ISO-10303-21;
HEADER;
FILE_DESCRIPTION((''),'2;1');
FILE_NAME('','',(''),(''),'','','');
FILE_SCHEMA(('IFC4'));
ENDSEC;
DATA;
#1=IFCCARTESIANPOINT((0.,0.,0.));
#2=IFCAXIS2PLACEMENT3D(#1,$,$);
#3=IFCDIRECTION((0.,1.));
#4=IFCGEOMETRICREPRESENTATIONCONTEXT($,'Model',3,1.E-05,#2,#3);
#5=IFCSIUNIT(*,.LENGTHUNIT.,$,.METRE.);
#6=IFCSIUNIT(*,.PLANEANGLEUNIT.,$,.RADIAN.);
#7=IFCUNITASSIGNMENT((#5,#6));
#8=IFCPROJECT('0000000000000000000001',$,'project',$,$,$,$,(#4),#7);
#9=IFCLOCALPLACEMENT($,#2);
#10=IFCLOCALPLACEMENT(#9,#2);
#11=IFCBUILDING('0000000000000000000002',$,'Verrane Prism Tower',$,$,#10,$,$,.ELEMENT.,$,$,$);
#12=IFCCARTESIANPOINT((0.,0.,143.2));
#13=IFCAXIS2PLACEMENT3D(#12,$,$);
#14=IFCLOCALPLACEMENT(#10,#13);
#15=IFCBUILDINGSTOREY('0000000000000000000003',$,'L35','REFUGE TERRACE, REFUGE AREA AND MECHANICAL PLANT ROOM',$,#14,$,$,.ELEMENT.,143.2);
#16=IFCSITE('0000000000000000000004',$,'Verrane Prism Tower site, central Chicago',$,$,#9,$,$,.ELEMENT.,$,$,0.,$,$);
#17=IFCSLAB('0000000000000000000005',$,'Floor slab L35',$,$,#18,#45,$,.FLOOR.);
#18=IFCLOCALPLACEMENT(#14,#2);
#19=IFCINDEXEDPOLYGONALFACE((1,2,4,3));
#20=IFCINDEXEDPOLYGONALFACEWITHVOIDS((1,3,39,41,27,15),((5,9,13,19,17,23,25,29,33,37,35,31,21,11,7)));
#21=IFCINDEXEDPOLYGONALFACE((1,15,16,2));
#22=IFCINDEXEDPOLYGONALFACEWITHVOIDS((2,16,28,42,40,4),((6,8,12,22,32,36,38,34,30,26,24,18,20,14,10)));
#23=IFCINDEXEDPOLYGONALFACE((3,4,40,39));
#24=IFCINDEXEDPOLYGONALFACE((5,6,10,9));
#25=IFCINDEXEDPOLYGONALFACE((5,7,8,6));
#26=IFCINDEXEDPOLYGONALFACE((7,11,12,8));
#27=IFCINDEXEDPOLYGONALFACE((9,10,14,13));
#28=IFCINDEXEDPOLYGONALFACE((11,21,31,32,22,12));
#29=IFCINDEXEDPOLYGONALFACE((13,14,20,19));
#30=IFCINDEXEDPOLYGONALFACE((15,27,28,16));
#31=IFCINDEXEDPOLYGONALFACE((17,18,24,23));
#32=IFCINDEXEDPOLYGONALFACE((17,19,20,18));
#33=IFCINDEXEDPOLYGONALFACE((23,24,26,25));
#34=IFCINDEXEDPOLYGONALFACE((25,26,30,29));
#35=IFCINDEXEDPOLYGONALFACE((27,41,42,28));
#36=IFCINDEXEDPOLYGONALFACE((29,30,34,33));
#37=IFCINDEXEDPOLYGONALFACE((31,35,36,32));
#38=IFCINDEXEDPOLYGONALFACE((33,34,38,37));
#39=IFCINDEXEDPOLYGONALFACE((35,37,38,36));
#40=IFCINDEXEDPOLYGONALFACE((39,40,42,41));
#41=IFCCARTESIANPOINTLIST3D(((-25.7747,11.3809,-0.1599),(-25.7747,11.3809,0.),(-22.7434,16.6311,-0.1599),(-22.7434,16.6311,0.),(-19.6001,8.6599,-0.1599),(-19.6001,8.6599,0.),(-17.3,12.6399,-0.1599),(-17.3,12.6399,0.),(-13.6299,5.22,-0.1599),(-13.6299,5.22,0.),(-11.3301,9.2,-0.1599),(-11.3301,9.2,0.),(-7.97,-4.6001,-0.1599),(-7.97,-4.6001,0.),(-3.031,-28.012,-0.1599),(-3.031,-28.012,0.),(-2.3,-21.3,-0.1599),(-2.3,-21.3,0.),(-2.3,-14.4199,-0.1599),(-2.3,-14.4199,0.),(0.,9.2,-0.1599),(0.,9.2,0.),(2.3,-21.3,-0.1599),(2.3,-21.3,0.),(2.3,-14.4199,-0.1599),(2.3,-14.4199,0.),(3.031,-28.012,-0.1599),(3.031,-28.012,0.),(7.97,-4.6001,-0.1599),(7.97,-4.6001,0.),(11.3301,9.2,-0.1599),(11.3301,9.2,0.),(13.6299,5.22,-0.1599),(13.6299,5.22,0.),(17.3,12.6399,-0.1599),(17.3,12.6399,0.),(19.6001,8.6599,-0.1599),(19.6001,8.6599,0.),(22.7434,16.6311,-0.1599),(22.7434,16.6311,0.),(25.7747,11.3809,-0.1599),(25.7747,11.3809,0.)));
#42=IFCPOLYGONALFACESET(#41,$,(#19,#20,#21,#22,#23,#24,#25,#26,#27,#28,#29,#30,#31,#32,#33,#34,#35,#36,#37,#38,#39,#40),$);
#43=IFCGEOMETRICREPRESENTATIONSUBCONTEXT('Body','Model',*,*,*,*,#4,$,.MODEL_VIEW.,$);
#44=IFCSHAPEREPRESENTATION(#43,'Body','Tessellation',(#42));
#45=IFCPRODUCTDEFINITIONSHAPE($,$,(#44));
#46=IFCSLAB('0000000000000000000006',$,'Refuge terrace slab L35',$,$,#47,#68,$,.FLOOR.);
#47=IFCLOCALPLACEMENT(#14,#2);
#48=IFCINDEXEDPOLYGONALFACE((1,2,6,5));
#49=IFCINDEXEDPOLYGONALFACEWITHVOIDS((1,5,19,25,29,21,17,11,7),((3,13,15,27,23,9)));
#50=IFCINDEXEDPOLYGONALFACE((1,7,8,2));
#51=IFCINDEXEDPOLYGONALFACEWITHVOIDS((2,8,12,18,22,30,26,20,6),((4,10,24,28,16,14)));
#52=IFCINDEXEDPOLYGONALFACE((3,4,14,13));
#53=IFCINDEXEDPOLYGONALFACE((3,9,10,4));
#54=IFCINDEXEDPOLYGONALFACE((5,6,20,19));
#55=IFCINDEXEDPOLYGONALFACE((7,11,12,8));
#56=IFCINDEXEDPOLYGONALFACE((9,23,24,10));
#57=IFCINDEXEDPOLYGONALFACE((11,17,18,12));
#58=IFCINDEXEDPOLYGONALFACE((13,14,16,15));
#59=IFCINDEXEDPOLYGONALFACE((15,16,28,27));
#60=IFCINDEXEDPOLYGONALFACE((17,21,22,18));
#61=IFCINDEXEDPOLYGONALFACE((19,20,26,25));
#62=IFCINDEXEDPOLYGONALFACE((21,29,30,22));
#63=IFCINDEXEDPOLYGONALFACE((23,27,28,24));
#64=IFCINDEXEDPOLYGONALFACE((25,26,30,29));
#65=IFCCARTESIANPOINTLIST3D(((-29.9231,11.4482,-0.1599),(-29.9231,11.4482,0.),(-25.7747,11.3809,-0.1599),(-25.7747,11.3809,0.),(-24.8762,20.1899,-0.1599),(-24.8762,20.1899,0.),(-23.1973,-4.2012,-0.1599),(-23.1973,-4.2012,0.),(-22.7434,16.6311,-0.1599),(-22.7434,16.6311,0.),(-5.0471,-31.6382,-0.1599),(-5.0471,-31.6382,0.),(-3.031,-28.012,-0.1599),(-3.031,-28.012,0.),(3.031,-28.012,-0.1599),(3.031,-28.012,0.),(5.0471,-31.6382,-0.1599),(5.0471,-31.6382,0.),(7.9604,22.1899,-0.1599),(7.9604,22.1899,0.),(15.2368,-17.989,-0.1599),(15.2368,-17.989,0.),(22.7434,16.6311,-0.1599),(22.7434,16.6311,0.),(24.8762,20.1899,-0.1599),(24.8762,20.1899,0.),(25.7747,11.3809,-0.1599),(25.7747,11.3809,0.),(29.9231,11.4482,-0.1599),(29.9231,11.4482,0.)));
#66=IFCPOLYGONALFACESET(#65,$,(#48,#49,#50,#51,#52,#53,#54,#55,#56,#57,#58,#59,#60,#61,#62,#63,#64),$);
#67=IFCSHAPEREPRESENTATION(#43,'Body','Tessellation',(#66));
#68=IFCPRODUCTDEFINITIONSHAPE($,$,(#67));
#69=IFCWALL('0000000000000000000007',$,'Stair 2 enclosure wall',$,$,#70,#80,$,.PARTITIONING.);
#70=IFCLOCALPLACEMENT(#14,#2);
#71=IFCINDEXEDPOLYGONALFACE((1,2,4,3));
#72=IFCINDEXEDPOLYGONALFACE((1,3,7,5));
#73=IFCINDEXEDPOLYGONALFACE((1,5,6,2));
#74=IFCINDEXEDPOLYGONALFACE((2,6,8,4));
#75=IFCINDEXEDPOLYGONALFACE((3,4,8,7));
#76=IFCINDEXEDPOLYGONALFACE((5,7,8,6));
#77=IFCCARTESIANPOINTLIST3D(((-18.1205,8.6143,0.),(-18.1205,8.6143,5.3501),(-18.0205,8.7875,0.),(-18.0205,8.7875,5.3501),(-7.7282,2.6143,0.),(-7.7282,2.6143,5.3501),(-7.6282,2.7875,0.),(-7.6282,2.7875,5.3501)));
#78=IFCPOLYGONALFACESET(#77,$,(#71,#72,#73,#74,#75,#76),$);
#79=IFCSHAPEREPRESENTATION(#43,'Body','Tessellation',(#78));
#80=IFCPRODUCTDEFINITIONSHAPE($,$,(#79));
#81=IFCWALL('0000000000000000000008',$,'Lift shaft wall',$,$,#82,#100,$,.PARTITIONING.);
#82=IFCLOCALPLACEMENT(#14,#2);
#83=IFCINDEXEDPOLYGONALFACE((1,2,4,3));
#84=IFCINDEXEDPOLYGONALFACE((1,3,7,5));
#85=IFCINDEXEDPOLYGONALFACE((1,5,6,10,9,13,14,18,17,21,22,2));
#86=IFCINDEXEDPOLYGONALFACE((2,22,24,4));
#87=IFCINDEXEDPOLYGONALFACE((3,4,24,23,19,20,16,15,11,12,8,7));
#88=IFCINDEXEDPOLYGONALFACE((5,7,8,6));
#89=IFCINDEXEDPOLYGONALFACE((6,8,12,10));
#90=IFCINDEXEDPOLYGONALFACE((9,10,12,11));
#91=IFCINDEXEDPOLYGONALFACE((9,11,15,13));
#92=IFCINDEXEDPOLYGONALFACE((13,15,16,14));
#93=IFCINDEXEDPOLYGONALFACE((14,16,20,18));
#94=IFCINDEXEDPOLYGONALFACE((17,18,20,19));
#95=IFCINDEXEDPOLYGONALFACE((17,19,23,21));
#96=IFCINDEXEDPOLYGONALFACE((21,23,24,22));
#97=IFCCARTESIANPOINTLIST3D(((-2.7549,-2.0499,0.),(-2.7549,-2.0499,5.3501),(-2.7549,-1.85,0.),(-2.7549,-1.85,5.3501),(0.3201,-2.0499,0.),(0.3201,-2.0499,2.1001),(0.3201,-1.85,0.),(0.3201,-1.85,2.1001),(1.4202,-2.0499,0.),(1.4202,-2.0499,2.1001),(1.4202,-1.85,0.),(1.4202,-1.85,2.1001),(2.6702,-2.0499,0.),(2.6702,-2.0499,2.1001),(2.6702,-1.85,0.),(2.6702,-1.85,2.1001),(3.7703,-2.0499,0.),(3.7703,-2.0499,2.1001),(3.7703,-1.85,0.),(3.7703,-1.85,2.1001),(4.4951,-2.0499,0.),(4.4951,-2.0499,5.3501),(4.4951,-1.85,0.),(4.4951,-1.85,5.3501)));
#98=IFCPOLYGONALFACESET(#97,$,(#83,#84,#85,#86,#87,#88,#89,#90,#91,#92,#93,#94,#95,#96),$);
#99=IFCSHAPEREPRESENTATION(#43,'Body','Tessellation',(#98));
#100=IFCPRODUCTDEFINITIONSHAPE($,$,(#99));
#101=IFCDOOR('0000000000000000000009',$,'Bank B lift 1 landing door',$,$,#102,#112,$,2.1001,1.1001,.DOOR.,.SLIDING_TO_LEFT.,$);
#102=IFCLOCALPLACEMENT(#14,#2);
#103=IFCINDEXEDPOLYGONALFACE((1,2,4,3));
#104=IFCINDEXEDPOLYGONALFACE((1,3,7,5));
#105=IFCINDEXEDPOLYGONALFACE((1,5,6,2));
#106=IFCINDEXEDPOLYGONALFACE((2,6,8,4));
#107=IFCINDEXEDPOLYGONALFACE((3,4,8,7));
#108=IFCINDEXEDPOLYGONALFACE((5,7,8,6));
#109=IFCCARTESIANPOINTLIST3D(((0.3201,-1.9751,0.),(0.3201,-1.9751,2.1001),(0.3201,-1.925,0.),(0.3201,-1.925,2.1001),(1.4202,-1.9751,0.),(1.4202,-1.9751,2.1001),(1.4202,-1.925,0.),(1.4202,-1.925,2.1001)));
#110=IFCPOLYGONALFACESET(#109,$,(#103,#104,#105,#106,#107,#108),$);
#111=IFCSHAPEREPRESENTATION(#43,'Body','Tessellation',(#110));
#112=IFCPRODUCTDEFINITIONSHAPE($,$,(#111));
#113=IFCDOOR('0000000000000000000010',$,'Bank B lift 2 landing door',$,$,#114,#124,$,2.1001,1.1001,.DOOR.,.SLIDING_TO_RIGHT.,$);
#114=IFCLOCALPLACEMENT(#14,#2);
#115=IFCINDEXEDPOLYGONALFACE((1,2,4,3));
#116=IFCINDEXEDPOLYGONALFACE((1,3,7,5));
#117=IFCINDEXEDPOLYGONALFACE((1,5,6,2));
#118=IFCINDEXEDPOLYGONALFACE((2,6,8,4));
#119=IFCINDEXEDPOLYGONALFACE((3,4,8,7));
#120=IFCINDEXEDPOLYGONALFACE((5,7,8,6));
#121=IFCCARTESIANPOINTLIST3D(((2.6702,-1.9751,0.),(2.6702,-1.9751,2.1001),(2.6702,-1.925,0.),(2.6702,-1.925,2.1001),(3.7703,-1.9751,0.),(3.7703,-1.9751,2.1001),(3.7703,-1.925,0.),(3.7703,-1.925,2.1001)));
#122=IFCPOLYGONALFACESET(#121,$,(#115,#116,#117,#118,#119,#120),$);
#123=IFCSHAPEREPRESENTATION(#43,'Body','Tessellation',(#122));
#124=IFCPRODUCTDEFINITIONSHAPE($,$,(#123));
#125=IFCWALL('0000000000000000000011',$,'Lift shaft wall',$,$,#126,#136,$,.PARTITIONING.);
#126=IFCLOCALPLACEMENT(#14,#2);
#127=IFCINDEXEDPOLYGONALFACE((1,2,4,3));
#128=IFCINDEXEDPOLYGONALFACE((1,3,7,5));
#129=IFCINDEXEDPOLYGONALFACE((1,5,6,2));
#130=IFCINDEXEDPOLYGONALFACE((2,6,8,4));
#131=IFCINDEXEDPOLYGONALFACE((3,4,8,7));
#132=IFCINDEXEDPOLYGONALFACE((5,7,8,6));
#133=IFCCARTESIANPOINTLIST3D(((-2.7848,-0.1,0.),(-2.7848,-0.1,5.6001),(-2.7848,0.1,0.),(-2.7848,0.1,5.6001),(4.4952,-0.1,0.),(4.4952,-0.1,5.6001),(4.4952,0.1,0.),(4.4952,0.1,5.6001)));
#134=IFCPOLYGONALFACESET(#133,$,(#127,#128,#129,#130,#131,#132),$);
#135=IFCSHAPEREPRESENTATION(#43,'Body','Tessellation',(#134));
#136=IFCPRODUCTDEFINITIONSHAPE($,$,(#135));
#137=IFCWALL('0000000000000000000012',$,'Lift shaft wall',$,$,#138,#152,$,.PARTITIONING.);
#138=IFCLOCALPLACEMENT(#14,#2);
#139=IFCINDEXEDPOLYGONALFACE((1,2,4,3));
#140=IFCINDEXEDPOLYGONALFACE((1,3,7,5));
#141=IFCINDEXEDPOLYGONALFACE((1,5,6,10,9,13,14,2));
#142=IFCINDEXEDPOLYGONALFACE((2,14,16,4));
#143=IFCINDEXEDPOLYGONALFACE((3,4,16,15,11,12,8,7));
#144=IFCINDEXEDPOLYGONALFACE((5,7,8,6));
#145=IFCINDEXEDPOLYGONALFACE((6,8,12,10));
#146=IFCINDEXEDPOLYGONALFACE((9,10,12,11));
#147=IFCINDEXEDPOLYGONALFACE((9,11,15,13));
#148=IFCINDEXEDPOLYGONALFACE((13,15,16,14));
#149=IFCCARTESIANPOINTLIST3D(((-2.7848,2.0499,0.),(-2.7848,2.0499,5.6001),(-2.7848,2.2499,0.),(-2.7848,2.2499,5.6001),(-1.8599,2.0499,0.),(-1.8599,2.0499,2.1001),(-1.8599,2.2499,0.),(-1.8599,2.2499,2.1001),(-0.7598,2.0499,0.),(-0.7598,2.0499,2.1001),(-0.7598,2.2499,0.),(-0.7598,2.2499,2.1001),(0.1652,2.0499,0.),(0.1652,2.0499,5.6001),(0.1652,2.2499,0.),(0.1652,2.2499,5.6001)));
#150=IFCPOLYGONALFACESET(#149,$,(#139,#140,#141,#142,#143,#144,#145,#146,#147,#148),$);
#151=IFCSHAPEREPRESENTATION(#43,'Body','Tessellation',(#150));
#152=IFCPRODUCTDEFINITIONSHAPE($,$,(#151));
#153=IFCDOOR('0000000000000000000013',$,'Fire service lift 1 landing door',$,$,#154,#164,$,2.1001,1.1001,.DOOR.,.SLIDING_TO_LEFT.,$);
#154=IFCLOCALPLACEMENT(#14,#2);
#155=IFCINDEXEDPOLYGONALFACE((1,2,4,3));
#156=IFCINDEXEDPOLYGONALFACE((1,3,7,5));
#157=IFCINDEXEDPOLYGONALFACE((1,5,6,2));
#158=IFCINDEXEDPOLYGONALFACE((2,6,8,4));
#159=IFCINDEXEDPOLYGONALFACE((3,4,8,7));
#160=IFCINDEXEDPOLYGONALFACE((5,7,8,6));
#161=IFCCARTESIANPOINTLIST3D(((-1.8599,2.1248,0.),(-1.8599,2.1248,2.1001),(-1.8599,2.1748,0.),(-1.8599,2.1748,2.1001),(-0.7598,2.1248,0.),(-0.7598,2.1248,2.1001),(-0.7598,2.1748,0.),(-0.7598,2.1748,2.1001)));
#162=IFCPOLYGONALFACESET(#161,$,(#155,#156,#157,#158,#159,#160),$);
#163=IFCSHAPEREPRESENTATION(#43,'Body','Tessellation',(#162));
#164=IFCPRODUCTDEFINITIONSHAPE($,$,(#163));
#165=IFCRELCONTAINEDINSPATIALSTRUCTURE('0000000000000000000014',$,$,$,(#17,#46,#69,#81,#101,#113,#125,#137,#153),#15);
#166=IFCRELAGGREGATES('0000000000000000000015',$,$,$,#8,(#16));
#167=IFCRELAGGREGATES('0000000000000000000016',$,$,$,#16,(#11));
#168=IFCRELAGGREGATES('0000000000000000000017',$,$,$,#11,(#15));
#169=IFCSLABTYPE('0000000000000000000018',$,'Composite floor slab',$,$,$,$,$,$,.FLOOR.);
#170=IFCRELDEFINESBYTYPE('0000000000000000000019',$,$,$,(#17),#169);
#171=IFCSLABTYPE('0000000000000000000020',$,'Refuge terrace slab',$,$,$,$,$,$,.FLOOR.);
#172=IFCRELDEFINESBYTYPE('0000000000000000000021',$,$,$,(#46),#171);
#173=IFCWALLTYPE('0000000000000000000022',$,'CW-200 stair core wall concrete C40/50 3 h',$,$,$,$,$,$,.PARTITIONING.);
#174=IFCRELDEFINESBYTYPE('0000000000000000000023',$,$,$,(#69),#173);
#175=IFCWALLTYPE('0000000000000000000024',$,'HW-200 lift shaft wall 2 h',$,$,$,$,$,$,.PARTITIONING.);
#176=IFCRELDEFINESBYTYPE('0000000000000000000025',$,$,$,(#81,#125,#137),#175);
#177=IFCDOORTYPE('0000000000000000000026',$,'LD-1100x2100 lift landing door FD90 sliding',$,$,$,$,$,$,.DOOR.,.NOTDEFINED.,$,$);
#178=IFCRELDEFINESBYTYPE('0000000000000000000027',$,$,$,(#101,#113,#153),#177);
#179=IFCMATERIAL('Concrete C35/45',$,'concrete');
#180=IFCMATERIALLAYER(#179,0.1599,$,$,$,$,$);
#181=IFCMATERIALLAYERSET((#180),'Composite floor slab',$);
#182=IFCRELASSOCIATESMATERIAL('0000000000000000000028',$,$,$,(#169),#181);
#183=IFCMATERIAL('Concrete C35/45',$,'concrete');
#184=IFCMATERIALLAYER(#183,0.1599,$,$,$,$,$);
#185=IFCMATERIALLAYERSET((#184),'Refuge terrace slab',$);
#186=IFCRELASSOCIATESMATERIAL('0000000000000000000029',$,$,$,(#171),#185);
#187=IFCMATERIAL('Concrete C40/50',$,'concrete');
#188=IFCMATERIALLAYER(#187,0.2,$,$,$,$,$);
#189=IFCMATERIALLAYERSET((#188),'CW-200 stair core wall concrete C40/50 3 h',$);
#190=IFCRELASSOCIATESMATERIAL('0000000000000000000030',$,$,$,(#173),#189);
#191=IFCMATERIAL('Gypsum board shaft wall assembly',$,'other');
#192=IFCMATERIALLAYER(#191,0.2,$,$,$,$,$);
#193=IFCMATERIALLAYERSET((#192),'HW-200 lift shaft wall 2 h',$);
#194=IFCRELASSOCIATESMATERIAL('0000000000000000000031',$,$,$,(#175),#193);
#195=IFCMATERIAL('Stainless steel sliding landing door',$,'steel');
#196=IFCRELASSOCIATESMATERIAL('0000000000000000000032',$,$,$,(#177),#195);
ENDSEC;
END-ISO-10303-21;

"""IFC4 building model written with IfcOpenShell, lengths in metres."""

from ifc_helpers import new_model, si_unit, direction, frame, frame_2d, origin, place, context, subcontext, project, spatial, polyline, rectangle, outline, extrude, material, layer, layer_set, type_object, element, fill, save


model = new_model("IFC4")

# Units and contexts
model_context = context("Model", 3, precision=1e-05, world=origin(), true_north=direction((0.0, 1.0)))
body_context = subcontext(model_context, "Body", "Model", "MODEL_VIEW")
ifc_project = project(units=[si_unit("LENGTHUNIT", "METRE"), si_unit("PLANEANGLEUNIT", "RADIAN")], contexts=[model_context])

# Site, building, storey
site_placement = place(None, origin())
site = spatial("IfcSite", under=ifc_project, at=site_placement, Name="Verrane Prism Tower site, central Chicago", CompositionType="ELEMENT", RefElevation=0.0)
building_placement = place(site_placement, origin())
building = spatial("IfcBuilding", under=site, at=building_placement, Name="Verrane Prism Tower", CompositionType="ELEMENT")
storey_placement = place(building_placement, frame((0.0, 0.0, 143.2)))
storey = spatial("IfcBuildingStorey", under=building, at=storey_placement, Name="L35", Description="REFUGE TERRACE, REFUGE AREA AND MECHANICAL PLANT ROOM", CompositionType="ELEMENT", Elevation=143.2)

# Slabs
ifc_material_1 = material(Name="Concrete C35/45", Category="concrete")
ifc_layer_1 = layer(ifc_material_1, 0.1599)
ifc_layer_set_1 = layer_set([ifc_layer_1], Name="Composite floor slab")
slab_type_1 = type_object("IfcSlabType", Name="Composite floor slab", PredefinedType="FLOOR", material=ifc_layer_set_1)
slab_1_placement = place(storey_placement, frame((0.0, 0.0, -0.1599)))
element("IfcSlab", 1, at=slab_1_placement, inside=storey, type_object=slab_type_1, Name="Floor slab L35", PredefinedType="FLOOR", context=body_context, shape_type="SweptSolid", body=[
    extrude(outline(polyline([(-3.031, -28.012), (-25.7747, 11.3809), (-22.7434, 16.6311), (22.7434, 16.6311), (25.7747, 11.3809), (3.031, -28.012), (-3.031, -28.012)]), holes=[polyline([(17.3, 12.6399), (11.3301, 9.2), (0.0, 9.2), (-11.3301, 9.2), (-17.3, 12.6399), (-19.6001, 8.6599), (-13.6299, 5.22), (-7.97, -4.6001), (-2.3, -14.4199), (-2.3, -21.3), (2.3, -21.3), (2.3, -14.4199), (7.97, -4.6001), (13.6299, 5.22), (19.6001, 8.6599), (17.3, 12.6399)])]), origin(), (0.0, 0.0, 1.0), 0.1599),
])
ifc_material_2 = material(Name="Concrete C35/45", Category="concrete")
ifc_layer_2 = layer(ifc_material_2, 0.1599)
ifc_layer_set_2 = layer_set([ifc_layer_2], Name="Refuge terrace slab")
slab_type_2 = type_object("IfcSlabType", Name="Refuge terrace slab", PredefinedType="FLOOR", material=ifc_layer_set_2)
slab_2_placement = place(storey_placement, frame((0.0, 0.0, -0.1599)))
element("IfcSlab", 2, at=slab_2_placement, inside=storey, type_object=slab_type_2, Name="Refuge terrace slab L35", PredefinedType="FLOOR", context=body_context, shape_type="SweptSolid", body=[
    extrude(outline(polyline([(5.0471, -31.6382), (-5.0471, -31.6382), (-23.1973, -4.2012), (-29.9231, 11.4482), (-24.8762, 20.1899), (7.9604, 22.1899), (24.8762, 20.1899), (29.9231, 11.4482), (15.2368, -17.989), (5.0471, -31.6382)]), holes=[polyline([(25.7747, 11.3809), (22.7434, 16.6311), (-22.7434, 16.6311), (-25.7747, 11.3809), (-3.031, -28.012), (3.031, -28.012), (25.7747, 11.3809)])]), origin(), (0.0, 0.0, 1.0), 0.1599),
])

# Wall
ifc_material_3 = material(Name="Concrete C40/50", Category="concrete")
ifc_layer_3 = layer(ifc_material_3, 0.2)
ifc_layer_set_3 = layer_set([ifc_layer_3], Name="CW-200 stair core wall concrete C40/50 3 h")
wall_type_1 = type_object("IfcWallType", Name="CW-200 stair core wall concrete C40/50 3 h", PredefinedType="PARTITIONING", material=ifc_layer_set_3)
wall_1_placement = place(storey_placement, frame((-7.6782, 2.7009, 0.0), z_axis=(0.0, 0.0, 1.0), x_axis=(-0.866026, 0.499999, 0.0)))
element("IfcWall", 3, at=wall_1_placement, inside=storey, type_object=wall_type_1, Name="Stair 2 enclosure wall", PredefinedType="PARTITIONING", context=body_context, shape_type="SweptSolid", body=[
    extrude(rectangle(XDim=12.0, YDim=0.2, at=frame_2d((6.0, 0.0))), origin(), (0.0, 0.0, 1.0), 5.3501),
])

# Wall, openings, doors
ifc_material_4 = material(Name="Gypsum board shaft wall assembly", Category="other")
ifc_layer_4 = layer(ifc_material_4, 0.2)
ifc_layer_set_4 = layer_set([ifc_layer_4], Name="HW-200 lift shaft wall 2 h")
wall_type_2 = type_object("IfcWallType", Name="HW-200 lift shaft wall 2 h", PredefinedType="PARTITIONING", material=ifc_layer_set_4)
wall_2_placement = place(storey_placement, frame((-2.7549, -1.95, 0.0), z_axis=(0.0, 0.0, 1.0), x_axis=(1.0, 0.0, 0.0)))
wall_2 = element("IfcWall", 4, at=wall_2_placement, inside=storey, type_object=wall_type_2, Name="Lift shaft wall", PredefinedType="PARTITIONING", context=body_context, shape_type="SweptSolid", body=[
    extrude(rectangle(XDim=7.25, YDim=0.2, at=frame_2d((3.625, 0.0))), origin(), (0.0, 0.0, 1.0), 5.3501),
])
opening_1_placement = place(wall_2_placement, frame((3.075, 0.0, 0.0)))
opening_1 = element("IfcOpeningElement", 5, at=opening_1_placement, cuts=wall_2, PredefinedType="OPENING", context=body_context, shape_type="SweptSolid", body=[
    extrude(rectangle(XDim=1.1001, YDim=2.1001, at=frame_2d((0.55, 1.05))), frame((0.0, 0.1099, 0.0), z_axis=(0.0, -1.0, 0.0), x_axis=(1.0, 0.0, 0.0)), (0.0, 0.0, 1.0), 0.22),
])
opening_2_placement = place(wall_2_placement, frame((5.425, 0.0, 0.0)))
opening_2 = element("IfcOpeningElement", 6, at=opening_2_placement, cuts=wall_2, PredefinedType="OPENING", context=body_context, shape_type="SweptSolid", body=[
    extrude(rectangle(XDim=1.1001, YDim=2.1001, at=frame_2d((0.55, 1.05))), frame((0.0, 0.1099, 0.0), z_axis=(0.0, -1.0, 0.0), x_axis=(1.0, 0.0, 0.0)), (0.0, 0.0, 1.0), 0.22),
])
ifc_material_5 = material(Name="Stainless steel sliding landing door", Category="steel")
door_type = type_object("IfcDoorType", Name="LD-1100x2100 lift landing door FD90 sliding", OperationType="NOTDEFINED", PredefinedType="DOOR", material=ifc_material_5)
door_1_placement = place(opening_1_placement, origin())
door_1 = element("IfcDoor", 7, at=door_1_placement, inside=storey, type_object=door_type, Name="Bank B lift 1 landing door", OperationType="SLIDING_TO_LEFT", OverallHeight=2.1001, OverallWidth=1.1001, PredefinedType="DOOR", context=body_context, shape_type="SweptSolid", body=[
    extrude(rectangle(XDim=1.1001, YDim=2.1001, at=frame_2d((0.55, 1.05))), frame((0.0, 0.0249, 0.0), z_axis=(0.0, -1.0, 0.0), x_axis=(1.0, 0.0, 0.0)), (0.0, 0.0, 1.0), 0.05),
])
fill(opening_1, door_1)
door_2_placement = place(opening_2_placement, origin())
door_2 = element("IfcDoor", 8, at=door_2_placement, inside=storey, type_object=door_type, Name="Bank B lift 2 landing door", OperationType="SLIDING_TO_RIGHT", OverallHeight=2.1001, OverallWidth=1.1001, PredefinedType="DOOR", context=body_context, shape_type="SweptSolid", body=[
    extrude(rectangle(XDim=1.1001, YDim=2.1001, at=frame_2d((0.55, 1.05))), frame((0.0, 0.0249, 0.0), z_axis=(0.0, -1.0, 0.0), x_axis=(1.0, 0.0, 0.0)), (0.0, 0.0, 1.0), 0.05),
])
fill(opening_2, door_2)

# Wall
wall_3_placement = place(storey_placement, frame((-2.7849, 0.0, 0.0), z_axis=(0.0, 0.0, 1.0), x_axis=(1.0, 0.0, 0.0)))
element("IfcWall", 9, at=wall_3_placement, inside=storey, type_object=wall_type_2, Name="Lift shaft wall", PredefinedType="PARTITIONING", context=body_context, shape_type="SweptSolid", body=[
    extrude(rectangle(XDim=7.28, YDim=0.2, at=frame_2d((3.6401, 0.0))), origin(), (0.0, 0.0, 1.0), 5.6001),
])

# Wall, opening, door
wall_4_placement = place(storey_placement, frame((-2.7849, 2.1499, 0.0), z_axis=(0.0, 0.0, 1.0), x_axis=(1.0, 0.0, 0.0)))
wall_4 = element("IfcWall", 10, at=wall_4_placement, inside=storey, type_object=wall_type_2, Name="Lift shaft wall", PredefinedType="PARTITIONING", context=body_context, shape_type="SweptSolid", body=[
    extrude(rectangle(XDim=2.95, YDim=0.2, at=frame_2d((1.4751, 0.0))), origin(), (0.0, 0.0, 1.0), 5.6001),
])
opening_3_placement = place(wall_4_placement, frame((0.925, 0.0, 0.0)))
opening_3 = element("IfcOpeningElement", 11, at=opening_3_placement, cuts=wall_4, PredefinedType="OPENING", context=body_context, shape_type="SweptSolid", body=[
    extrude(rectangle(XDim=1.1001, YDim=2.1001, at=frame_2d((0.55, 1.05))), frame((0.0, 0.1099, 0.0), z_axis=(0.0, -1.0, 0.0), x_axis=(1.0, 0.0, 0.0)), (0.0, 0.0, 1.0), 0.22),
])
door_3_placement = place(opening_3_placement, origin())
door_3 = element("IfcDoor", 12, at=door_3_placement, inside=storey, type_object=door_type, Name="Fire service lift 1 landing door", OperationType="SLIDING_TO_LEFT", OverallHeight=2.1001, OverallWidth=1.1001, PredefinedType="DOOR", context=body_context, shape_type="SweptSolid", body=[
    extrude(rectangle(XDim=1.1001, YDim=2.1001, at=frame_2d((0.55, 1.05))), frame((0.0, 0.0249, 0.0), z_axis=(0.0, -1.0, 0.0), x_axis=(1.0, 0.0, 0.0)), (0.0, 0.0, 1.0), 0.05),
])
fill(opening_3, door_3)

save(model, "model.ifc")
